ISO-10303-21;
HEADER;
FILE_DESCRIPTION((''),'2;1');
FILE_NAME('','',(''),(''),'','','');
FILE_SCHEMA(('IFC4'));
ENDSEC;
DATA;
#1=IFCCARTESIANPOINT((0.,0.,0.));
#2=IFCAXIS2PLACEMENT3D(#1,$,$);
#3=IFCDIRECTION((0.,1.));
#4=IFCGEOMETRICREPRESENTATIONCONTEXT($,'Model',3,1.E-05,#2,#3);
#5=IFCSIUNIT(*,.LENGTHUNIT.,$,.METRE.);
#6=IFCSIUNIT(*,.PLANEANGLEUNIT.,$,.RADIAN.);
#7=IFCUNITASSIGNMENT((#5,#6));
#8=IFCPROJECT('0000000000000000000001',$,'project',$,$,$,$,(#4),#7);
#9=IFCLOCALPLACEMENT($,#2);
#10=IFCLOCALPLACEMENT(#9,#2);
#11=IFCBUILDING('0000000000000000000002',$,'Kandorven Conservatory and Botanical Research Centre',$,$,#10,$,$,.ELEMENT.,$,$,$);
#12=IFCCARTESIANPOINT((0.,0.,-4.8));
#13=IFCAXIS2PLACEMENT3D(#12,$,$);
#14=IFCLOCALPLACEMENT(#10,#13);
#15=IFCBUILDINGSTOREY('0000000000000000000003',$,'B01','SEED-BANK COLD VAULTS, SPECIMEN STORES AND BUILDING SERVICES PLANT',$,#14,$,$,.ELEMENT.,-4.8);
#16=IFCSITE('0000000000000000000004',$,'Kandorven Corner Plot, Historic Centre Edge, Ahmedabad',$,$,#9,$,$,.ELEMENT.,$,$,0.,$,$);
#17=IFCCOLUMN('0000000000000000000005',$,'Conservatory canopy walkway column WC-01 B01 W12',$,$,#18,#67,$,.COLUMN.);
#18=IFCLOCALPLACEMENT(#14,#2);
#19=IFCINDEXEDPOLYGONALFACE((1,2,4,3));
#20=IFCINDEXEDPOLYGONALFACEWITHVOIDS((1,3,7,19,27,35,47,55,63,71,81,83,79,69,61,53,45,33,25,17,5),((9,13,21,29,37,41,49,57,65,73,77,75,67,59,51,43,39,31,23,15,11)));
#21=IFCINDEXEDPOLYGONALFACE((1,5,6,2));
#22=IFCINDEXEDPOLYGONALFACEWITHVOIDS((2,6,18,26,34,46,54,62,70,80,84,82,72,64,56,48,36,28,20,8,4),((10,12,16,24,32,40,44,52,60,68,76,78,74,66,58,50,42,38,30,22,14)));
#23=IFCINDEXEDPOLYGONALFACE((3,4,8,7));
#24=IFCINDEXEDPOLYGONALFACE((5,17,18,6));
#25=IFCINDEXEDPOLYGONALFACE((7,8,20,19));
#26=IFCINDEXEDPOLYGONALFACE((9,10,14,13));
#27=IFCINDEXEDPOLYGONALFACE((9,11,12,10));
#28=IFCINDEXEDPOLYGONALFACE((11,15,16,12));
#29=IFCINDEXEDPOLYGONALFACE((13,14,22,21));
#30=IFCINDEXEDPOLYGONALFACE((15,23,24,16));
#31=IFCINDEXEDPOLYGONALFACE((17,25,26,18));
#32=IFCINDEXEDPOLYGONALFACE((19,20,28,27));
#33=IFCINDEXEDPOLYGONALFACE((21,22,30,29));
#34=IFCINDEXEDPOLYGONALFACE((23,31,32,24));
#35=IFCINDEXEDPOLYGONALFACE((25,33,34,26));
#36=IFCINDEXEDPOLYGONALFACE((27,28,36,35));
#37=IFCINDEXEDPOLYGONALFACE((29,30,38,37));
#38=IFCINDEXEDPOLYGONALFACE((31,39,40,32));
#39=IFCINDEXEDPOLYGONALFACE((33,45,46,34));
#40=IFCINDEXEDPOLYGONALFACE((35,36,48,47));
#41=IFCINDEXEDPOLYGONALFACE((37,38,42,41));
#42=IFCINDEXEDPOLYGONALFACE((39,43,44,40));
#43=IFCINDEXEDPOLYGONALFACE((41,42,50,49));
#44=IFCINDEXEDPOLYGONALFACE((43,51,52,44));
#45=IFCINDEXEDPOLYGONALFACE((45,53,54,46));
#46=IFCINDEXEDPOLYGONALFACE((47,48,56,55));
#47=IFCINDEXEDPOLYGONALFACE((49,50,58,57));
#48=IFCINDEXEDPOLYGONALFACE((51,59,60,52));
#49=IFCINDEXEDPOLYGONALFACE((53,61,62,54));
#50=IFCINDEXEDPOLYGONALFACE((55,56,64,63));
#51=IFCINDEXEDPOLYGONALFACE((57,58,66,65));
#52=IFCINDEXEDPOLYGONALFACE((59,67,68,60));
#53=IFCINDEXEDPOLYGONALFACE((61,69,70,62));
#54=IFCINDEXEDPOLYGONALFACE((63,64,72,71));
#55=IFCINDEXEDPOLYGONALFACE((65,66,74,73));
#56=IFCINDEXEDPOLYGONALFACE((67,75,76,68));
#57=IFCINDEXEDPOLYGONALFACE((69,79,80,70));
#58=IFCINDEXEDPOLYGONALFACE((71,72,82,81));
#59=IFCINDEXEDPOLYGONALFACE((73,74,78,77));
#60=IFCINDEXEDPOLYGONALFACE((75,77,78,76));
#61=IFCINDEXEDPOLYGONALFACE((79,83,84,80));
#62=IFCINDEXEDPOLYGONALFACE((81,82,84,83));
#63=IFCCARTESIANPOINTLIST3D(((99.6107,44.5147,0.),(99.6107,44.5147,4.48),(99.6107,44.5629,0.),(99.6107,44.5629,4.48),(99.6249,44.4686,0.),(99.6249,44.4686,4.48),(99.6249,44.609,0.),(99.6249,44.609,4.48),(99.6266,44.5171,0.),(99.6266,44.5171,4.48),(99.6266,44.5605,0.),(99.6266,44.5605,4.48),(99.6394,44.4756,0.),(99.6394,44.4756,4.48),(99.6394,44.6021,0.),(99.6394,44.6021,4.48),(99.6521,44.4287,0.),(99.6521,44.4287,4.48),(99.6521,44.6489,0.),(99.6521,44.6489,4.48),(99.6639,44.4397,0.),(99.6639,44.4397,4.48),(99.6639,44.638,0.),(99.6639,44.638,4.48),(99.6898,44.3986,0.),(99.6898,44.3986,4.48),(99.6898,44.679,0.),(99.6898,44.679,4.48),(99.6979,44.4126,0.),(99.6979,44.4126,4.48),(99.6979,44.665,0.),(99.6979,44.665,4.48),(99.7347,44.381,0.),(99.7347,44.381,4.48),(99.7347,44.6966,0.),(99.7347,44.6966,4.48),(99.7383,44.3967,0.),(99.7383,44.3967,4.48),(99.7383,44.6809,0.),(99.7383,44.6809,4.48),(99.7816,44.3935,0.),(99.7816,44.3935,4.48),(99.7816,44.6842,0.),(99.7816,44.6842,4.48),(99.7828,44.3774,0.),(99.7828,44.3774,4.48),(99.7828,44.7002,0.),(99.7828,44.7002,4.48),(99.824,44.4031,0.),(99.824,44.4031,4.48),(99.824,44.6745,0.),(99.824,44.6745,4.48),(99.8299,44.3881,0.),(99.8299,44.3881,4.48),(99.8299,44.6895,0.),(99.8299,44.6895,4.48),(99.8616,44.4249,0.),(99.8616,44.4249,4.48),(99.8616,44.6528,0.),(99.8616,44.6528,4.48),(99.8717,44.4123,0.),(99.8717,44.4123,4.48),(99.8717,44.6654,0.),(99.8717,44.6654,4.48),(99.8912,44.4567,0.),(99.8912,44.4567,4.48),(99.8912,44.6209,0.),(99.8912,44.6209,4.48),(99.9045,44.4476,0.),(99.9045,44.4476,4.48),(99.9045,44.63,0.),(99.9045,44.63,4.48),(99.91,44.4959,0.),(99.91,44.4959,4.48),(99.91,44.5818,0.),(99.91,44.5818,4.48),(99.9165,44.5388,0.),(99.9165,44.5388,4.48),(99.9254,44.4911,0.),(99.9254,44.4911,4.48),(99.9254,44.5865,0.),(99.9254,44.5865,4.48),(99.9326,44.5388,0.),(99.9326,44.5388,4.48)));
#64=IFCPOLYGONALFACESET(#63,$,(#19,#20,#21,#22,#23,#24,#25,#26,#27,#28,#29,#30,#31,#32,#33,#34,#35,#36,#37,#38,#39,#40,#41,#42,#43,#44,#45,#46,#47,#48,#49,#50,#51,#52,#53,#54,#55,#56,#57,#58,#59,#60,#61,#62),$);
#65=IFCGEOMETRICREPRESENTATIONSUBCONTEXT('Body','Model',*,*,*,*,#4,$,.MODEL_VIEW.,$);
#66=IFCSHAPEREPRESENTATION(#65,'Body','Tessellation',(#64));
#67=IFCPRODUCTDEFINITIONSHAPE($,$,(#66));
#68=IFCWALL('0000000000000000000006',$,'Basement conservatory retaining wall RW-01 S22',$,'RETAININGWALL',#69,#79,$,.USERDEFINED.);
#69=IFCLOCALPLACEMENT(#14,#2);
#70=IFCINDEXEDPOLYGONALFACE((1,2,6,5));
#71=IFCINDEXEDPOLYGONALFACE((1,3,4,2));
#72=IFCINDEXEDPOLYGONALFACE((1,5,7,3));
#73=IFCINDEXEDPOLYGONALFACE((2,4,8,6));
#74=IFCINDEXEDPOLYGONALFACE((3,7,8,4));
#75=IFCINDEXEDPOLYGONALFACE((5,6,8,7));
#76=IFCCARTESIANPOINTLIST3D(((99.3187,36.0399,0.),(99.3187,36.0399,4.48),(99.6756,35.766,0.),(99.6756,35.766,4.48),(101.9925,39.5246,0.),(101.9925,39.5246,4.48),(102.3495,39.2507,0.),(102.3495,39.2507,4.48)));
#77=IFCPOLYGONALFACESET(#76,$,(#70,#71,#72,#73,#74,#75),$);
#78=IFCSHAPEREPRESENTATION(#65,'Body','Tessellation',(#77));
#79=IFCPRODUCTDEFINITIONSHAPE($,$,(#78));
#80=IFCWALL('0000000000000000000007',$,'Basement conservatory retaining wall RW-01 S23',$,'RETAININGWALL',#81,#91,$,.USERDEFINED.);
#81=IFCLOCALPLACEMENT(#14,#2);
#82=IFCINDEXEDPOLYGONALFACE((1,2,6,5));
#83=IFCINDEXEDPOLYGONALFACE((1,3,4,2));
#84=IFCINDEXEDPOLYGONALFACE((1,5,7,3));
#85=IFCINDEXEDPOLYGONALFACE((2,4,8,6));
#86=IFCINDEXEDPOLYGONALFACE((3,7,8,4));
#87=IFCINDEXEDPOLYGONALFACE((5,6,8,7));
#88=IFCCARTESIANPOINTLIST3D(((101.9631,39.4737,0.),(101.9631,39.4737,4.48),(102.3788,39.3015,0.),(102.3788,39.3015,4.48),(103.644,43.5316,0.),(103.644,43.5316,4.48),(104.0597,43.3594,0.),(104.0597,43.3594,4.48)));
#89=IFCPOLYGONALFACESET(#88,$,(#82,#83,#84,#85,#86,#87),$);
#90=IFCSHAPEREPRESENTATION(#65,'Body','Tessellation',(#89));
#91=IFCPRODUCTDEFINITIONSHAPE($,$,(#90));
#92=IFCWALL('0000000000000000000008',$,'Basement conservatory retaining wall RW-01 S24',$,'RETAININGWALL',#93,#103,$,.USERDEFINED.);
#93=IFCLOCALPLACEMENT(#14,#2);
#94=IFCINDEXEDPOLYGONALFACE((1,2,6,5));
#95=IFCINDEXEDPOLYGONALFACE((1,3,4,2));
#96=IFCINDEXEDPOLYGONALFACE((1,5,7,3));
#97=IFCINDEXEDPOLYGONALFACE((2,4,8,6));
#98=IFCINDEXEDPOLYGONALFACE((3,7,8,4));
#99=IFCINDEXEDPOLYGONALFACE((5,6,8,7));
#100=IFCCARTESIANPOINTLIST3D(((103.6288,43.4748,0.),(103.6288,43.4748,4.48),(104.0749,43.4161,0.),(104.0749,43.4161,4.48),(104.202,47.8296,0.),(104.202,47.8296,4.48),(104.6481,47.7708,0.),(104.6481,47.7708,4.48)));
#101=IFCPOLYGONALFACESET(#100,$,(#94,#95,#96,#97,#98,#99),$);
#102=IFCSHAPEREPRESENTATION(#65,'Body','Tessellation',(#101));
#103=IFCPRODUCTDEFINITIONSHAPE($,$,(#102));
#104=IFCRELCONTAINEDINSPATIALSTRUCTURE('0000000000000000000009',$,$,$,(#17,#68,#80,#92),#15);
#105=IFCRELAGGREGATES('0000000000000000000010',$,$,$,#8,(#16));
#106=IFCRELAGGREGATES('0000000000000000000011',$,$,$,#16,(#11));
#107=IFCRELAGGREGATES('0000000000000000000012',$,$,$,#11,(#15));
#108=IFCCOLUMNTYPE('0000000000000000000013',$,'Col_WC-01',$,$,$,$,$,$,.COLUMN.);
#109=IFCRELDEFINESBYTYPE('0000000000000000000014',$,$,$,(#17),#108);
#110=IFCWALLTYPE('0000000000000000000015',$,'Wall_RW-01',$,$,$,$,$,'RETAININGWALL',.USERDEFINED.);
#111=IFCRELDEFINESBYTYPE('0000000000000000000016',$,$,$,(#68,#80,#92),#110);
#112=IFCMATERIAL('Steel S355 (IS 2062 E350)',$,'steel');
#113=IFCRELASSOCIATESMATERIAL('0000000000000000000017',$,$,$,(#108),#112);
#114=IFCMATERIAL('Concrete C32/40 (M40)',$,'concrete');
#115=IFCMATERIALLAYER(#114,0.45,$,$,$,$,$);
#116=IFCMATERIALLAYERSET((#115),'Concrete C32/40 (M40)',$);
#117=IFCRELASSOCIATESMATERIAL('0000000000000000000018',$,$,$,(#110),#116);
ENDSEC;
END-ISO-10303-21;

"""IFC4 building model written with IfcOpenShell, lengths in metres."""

from ifc_helpers import new_model, si_unit, direction, frame, frame_2d, origin, origin_2d, place, context, subcontext, project, spatial, rectangle, hollow_circle, extrude, material, layer, layer_set, material_profile, profile_set, type_object, element, save


model = new_model("IFC4")

# Units and contexts
model_context = context("Model", 3, precision=1e-05, world=origin(), true_north=direction((0.0, 1.0)))
body_context = subcontext(model_context, "Body", "Model", "MODEL_VIEW")
ifc_project = project(units=[si_unit("LENGTHUNIT", "METRE"), si_unit("PLANEANGLEUNIT", "RADIAN")], contexts=[model_context])

# Site, building, storey
site_placement = place(None, origin())
site = spatial("IfcSite", under=ifc_project, at=site_placement, Name="Kandorven Corner Plot, Historic Centre Edge, Ahmedabad", CompositionType="ELEMENT", RefElevation=0.0)
building_placement = place(site_placement, origin())
building = spatial("IfcBuilding", under=site, at=building_placement, Name="Kandorven Conservatory and Botanical Research Centre", CompositionType="ELEMENT")
storey_placement = place(building_placement, frame((0.0, 0.0, -4.8)))
storey = spatial("IfcBuildingStorey", under=building, at=storey_placement, Name="B01", Description="SEED-BANK COLD VAULTS, SPECIMEN STORES AND BUILDING SERVICES PLANT", CompositionType="ELEMENT", Elevation=-4.8)

# Column
ifc_material_1 = material(Name="Steel S355 (IS 2062 E350)", Category="steel")
ifc_material_profile_1 = material_profile(ifc_material_1, hollow_circle(Radius=0.1619, WallThickness=0.0161, at=origin_2d()))
ifc_profile_set_1 = profile_set([ifc_material_profile_1], Name="Steel S355 (IS 2062 E350)")
column_type_1 = type_object("IfcColumnType", Name="Col_WC-01", PredefinedType="COLUMN", material=ifc_profile_set_1)
column_placement = place(storey_placement, frame((99.7708, 44.5388, 0.0), z_axis=(0.0, 0.0, 1.0), x_axis=(1.0, 0.0, 0.0)))
element("IfcColumn", 1, at=column_placement, inside=storey, type_object=column_type_1, Name="Conservatory canopy walkway column WC-01 B01 W12", PredefinedType="COLUMN", context=body_context, shape_type="SweptSolid", body=[
    extrude(hollow_circle(Radius=0.1619, WallThickness=0.0161, at=origin_2d()), origin(), (0.0, 0.0, 1.0), 4.48),
])

# Walls
ifc_material_2 = material(Name="Concrete C32/40 (M40)", Category="concrete")
ifc_layer = layer(ifc_material_2, 0.45)
ifc_layer_set = layer_set([ifc_layer], Name="Concrete C32/40 (M40)")
wall_type = type_object("IfcWallType", Name="Wall_RW-01", ElementType="RETAININGWALL", PredefinedType="USERDEFINED", material=ifc_layer_set)
for number, where, z_axis, x_axis, name in (
    (2, (99.4971, 35.9028, 0.0), (0.0, 0.0, 1.0), (0.608759, 0.793355, 0.0), "Basement conservatory retaining wall RW-01 S22"),
    (3, (102.1709, 39.3875, 0.0), (0.0, 0.0, 1.0), (0.3827, 0.923873, 0.0), "Basement conservatory retaining wall RW-01 S23"),
    (4, (103.8518, 43.4453, 0.0), (0.0, 0.0, 1.0), (0.130511, 0.991447, 0.0), "Basement conservatory retaining wall RW-01 S24"),
):
    element("IfcWall", number, at=place(storey_placement, frame(where, z_axis=z_axis, x_axis=x_axis)), inside=storey, type_object=wall_type, Name=name, ObjectType="RETAININGWALL", PredefinedType="USERDEFINED", context=body_context, shape_type="SweptSolid", body=[
        extrude(rectangle(XDim=4.3923, YDim=0.45, at=frame_2d((2.1963, 0.0))), origin(), (0.0, 0.0, 1.0), 4.48),
    ])

save(model, "model.ifc")
